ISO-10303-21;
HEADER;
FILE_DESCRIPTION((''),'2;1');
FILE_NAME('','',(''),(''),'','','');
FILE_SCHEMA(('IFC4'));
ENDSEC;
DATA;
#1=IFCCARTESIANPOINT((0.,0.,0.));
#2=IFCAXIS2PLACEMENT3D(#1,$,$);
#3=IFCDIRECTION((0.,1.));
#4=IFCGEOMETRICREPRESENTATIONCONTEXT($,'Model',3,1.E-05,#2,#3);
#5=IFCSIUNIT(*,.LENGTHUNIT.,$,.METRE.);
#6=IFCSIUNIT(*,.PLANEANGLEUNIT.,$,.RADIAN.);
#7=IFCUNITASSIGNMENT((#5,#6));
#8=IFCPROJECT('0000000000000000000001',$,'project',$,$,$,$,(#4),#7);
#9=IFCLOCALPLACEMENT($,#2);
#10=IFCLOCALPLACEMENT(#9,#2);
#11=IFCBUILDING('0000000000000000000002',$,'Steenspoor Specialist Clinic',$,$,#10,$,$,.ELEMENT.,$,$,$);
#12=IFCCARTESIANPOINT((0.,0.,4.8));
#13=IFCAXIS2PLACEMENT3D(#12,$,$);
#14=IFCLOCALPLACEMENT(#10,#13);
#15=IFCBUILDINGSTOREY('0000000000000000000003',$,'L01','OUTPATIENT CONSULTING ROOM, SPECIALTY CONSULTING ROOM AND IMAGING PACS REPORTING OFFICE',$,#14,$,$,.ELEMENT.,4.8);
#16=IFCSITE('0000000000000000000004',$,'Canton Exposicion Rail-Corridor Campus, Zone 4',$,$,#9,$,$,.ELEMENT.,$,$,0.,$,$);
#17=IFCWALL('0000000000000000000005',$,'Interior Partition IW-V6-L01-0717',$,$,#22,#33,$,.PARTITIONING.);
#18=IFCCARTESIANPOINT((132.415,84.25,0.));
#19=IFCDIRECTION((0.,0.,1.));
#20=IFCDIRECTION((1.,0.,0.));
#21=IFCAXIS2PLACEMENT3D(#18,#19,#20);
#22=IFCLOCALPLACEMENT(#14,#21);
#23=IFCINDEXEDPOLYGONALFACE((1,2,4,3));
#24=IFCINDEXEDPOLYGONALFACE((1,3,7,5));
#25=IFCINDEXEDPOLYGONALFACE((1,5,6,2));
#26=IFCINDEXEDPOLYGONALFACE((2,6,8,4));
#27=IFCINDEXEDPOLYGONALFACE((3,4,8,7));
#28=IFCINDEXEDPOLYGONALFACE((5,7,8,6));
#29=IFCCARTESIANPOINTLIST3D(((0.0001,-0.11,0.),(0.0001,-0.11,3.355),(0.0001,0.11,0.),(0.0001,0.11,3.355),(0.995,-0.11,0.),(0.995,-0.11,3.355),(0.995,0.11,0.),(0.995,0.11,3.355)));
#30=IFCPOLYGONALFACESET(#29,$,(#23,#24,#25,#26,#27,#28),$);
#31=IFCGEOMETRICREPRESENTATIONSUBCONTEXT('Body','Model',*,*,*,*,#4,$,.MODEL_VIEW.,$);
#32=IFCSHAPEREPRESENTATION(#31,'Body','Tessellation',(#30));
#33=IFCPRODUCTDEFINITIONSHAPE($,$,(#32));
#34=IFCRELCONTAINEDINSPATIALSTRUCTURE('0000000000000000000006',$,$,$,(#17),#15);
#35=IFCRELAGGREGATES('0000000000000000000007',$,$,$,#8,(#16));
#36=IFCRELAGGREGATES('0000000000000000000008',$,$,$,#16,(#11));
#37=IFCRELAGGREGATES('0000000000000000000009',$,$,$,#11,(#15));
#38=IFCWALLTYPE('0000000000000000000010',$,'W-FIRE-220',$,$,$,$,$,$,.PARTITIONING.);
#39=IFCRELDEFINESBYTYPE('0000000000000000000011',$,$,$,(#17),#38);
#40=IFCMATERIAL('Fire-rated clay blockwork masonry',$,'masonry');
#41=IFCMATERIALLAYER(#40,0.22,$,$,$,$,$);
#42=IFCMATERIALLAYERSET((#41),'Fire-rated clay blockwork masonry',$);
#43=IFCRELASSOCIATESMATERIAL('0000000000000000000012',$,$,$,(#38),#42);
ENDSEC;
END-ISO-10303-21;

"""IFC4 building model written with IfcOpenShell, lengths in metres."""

from ifc_helpers import new_model, si_unit, direction, frame, frame_2d, origin, place, context, subcontext, project, spatial, rectangle, extrude, material, layer, layer_set, type_object, element, save


model = new_model("IFC4")

# Units and contexts
model_context = context("Model", 3, precision=1e-05, world=origin(), true_north=direction((0.0, 1.0)))
body_context = subcontext(model_context, "Body", "Model", "MODEL_VIEW")
ifc_project = project(units=[si_unit("LENGTHUNIT", "METRE"), si_unit("PLANEANGLEUNIT", "RADIAN")], contexts=[model_context])

# Site, building, storey
site_placement = place(None, origin())
site = spatial("IfcSite", under=ifc_project, at=site_placement, Name="Canton Exposicion Rail-Corridor Campus, Zone 4", CompositionType="ELEMENT", RefElevation=0.0)
building_placement = place(site_placement, origin())
building = spatial("IfcBuilding", under=site, at=building_placement, Name="Steenspoor Specialist Clinic", CompositionType="ELEMENT")
storey_placement = place(building_placement, frame((0.0, 0.0, 4.8)))
storey = spatial("IfcBuildingStorey", under=building, at=storey_placement, Name="L01", Description="OUTPATIENT CONSULTING ROOM, SPECIALTY CONSULTING ROOM AND IMAGING PACS REPORTING OFFICE", CompositionType="ELEMENT", Elevation=4.8)

# Shared definitions
ifc_material_1 = material(Name="Fire-rated clay blockwork masonry", Category="masonry")
ifc_layer_1 = layer(ifc_material_1, 0.22)
ifc_layer_set_1 = layer_set([ifc_layer_1], Name="Fire-rated clay blockwork masonry")
wall_type_1 = type_object("IfcWallType", Name="W-FIRE-220", PredefinedType="PARTITIONING", material=ifc_layer_set_1)

# Wall
wall_1_placement = place(storey_placement, frame((132.415, 84.25, 0.0), z_axis=(0.0, 0.0, 1.0), x_axis=(1.0, 0.0, 0.0)))
element("IfcWall", 1, at=wall_1_placement, inside=storey, type_object=wall_type_1, Name="Interior Partition IW-V6-L01-0717", PredefinedType="PARTITIONING", context=body_context, shape_type="SweptSolid", body=[
    extrude(rectangle(XDim=0.9949, YDim=0.22, at=frame_2d((0.4976, 0.0))), origin(), (0.0, 0.0, 1.0), 3.355),
])

save(model, "model.ifc")
